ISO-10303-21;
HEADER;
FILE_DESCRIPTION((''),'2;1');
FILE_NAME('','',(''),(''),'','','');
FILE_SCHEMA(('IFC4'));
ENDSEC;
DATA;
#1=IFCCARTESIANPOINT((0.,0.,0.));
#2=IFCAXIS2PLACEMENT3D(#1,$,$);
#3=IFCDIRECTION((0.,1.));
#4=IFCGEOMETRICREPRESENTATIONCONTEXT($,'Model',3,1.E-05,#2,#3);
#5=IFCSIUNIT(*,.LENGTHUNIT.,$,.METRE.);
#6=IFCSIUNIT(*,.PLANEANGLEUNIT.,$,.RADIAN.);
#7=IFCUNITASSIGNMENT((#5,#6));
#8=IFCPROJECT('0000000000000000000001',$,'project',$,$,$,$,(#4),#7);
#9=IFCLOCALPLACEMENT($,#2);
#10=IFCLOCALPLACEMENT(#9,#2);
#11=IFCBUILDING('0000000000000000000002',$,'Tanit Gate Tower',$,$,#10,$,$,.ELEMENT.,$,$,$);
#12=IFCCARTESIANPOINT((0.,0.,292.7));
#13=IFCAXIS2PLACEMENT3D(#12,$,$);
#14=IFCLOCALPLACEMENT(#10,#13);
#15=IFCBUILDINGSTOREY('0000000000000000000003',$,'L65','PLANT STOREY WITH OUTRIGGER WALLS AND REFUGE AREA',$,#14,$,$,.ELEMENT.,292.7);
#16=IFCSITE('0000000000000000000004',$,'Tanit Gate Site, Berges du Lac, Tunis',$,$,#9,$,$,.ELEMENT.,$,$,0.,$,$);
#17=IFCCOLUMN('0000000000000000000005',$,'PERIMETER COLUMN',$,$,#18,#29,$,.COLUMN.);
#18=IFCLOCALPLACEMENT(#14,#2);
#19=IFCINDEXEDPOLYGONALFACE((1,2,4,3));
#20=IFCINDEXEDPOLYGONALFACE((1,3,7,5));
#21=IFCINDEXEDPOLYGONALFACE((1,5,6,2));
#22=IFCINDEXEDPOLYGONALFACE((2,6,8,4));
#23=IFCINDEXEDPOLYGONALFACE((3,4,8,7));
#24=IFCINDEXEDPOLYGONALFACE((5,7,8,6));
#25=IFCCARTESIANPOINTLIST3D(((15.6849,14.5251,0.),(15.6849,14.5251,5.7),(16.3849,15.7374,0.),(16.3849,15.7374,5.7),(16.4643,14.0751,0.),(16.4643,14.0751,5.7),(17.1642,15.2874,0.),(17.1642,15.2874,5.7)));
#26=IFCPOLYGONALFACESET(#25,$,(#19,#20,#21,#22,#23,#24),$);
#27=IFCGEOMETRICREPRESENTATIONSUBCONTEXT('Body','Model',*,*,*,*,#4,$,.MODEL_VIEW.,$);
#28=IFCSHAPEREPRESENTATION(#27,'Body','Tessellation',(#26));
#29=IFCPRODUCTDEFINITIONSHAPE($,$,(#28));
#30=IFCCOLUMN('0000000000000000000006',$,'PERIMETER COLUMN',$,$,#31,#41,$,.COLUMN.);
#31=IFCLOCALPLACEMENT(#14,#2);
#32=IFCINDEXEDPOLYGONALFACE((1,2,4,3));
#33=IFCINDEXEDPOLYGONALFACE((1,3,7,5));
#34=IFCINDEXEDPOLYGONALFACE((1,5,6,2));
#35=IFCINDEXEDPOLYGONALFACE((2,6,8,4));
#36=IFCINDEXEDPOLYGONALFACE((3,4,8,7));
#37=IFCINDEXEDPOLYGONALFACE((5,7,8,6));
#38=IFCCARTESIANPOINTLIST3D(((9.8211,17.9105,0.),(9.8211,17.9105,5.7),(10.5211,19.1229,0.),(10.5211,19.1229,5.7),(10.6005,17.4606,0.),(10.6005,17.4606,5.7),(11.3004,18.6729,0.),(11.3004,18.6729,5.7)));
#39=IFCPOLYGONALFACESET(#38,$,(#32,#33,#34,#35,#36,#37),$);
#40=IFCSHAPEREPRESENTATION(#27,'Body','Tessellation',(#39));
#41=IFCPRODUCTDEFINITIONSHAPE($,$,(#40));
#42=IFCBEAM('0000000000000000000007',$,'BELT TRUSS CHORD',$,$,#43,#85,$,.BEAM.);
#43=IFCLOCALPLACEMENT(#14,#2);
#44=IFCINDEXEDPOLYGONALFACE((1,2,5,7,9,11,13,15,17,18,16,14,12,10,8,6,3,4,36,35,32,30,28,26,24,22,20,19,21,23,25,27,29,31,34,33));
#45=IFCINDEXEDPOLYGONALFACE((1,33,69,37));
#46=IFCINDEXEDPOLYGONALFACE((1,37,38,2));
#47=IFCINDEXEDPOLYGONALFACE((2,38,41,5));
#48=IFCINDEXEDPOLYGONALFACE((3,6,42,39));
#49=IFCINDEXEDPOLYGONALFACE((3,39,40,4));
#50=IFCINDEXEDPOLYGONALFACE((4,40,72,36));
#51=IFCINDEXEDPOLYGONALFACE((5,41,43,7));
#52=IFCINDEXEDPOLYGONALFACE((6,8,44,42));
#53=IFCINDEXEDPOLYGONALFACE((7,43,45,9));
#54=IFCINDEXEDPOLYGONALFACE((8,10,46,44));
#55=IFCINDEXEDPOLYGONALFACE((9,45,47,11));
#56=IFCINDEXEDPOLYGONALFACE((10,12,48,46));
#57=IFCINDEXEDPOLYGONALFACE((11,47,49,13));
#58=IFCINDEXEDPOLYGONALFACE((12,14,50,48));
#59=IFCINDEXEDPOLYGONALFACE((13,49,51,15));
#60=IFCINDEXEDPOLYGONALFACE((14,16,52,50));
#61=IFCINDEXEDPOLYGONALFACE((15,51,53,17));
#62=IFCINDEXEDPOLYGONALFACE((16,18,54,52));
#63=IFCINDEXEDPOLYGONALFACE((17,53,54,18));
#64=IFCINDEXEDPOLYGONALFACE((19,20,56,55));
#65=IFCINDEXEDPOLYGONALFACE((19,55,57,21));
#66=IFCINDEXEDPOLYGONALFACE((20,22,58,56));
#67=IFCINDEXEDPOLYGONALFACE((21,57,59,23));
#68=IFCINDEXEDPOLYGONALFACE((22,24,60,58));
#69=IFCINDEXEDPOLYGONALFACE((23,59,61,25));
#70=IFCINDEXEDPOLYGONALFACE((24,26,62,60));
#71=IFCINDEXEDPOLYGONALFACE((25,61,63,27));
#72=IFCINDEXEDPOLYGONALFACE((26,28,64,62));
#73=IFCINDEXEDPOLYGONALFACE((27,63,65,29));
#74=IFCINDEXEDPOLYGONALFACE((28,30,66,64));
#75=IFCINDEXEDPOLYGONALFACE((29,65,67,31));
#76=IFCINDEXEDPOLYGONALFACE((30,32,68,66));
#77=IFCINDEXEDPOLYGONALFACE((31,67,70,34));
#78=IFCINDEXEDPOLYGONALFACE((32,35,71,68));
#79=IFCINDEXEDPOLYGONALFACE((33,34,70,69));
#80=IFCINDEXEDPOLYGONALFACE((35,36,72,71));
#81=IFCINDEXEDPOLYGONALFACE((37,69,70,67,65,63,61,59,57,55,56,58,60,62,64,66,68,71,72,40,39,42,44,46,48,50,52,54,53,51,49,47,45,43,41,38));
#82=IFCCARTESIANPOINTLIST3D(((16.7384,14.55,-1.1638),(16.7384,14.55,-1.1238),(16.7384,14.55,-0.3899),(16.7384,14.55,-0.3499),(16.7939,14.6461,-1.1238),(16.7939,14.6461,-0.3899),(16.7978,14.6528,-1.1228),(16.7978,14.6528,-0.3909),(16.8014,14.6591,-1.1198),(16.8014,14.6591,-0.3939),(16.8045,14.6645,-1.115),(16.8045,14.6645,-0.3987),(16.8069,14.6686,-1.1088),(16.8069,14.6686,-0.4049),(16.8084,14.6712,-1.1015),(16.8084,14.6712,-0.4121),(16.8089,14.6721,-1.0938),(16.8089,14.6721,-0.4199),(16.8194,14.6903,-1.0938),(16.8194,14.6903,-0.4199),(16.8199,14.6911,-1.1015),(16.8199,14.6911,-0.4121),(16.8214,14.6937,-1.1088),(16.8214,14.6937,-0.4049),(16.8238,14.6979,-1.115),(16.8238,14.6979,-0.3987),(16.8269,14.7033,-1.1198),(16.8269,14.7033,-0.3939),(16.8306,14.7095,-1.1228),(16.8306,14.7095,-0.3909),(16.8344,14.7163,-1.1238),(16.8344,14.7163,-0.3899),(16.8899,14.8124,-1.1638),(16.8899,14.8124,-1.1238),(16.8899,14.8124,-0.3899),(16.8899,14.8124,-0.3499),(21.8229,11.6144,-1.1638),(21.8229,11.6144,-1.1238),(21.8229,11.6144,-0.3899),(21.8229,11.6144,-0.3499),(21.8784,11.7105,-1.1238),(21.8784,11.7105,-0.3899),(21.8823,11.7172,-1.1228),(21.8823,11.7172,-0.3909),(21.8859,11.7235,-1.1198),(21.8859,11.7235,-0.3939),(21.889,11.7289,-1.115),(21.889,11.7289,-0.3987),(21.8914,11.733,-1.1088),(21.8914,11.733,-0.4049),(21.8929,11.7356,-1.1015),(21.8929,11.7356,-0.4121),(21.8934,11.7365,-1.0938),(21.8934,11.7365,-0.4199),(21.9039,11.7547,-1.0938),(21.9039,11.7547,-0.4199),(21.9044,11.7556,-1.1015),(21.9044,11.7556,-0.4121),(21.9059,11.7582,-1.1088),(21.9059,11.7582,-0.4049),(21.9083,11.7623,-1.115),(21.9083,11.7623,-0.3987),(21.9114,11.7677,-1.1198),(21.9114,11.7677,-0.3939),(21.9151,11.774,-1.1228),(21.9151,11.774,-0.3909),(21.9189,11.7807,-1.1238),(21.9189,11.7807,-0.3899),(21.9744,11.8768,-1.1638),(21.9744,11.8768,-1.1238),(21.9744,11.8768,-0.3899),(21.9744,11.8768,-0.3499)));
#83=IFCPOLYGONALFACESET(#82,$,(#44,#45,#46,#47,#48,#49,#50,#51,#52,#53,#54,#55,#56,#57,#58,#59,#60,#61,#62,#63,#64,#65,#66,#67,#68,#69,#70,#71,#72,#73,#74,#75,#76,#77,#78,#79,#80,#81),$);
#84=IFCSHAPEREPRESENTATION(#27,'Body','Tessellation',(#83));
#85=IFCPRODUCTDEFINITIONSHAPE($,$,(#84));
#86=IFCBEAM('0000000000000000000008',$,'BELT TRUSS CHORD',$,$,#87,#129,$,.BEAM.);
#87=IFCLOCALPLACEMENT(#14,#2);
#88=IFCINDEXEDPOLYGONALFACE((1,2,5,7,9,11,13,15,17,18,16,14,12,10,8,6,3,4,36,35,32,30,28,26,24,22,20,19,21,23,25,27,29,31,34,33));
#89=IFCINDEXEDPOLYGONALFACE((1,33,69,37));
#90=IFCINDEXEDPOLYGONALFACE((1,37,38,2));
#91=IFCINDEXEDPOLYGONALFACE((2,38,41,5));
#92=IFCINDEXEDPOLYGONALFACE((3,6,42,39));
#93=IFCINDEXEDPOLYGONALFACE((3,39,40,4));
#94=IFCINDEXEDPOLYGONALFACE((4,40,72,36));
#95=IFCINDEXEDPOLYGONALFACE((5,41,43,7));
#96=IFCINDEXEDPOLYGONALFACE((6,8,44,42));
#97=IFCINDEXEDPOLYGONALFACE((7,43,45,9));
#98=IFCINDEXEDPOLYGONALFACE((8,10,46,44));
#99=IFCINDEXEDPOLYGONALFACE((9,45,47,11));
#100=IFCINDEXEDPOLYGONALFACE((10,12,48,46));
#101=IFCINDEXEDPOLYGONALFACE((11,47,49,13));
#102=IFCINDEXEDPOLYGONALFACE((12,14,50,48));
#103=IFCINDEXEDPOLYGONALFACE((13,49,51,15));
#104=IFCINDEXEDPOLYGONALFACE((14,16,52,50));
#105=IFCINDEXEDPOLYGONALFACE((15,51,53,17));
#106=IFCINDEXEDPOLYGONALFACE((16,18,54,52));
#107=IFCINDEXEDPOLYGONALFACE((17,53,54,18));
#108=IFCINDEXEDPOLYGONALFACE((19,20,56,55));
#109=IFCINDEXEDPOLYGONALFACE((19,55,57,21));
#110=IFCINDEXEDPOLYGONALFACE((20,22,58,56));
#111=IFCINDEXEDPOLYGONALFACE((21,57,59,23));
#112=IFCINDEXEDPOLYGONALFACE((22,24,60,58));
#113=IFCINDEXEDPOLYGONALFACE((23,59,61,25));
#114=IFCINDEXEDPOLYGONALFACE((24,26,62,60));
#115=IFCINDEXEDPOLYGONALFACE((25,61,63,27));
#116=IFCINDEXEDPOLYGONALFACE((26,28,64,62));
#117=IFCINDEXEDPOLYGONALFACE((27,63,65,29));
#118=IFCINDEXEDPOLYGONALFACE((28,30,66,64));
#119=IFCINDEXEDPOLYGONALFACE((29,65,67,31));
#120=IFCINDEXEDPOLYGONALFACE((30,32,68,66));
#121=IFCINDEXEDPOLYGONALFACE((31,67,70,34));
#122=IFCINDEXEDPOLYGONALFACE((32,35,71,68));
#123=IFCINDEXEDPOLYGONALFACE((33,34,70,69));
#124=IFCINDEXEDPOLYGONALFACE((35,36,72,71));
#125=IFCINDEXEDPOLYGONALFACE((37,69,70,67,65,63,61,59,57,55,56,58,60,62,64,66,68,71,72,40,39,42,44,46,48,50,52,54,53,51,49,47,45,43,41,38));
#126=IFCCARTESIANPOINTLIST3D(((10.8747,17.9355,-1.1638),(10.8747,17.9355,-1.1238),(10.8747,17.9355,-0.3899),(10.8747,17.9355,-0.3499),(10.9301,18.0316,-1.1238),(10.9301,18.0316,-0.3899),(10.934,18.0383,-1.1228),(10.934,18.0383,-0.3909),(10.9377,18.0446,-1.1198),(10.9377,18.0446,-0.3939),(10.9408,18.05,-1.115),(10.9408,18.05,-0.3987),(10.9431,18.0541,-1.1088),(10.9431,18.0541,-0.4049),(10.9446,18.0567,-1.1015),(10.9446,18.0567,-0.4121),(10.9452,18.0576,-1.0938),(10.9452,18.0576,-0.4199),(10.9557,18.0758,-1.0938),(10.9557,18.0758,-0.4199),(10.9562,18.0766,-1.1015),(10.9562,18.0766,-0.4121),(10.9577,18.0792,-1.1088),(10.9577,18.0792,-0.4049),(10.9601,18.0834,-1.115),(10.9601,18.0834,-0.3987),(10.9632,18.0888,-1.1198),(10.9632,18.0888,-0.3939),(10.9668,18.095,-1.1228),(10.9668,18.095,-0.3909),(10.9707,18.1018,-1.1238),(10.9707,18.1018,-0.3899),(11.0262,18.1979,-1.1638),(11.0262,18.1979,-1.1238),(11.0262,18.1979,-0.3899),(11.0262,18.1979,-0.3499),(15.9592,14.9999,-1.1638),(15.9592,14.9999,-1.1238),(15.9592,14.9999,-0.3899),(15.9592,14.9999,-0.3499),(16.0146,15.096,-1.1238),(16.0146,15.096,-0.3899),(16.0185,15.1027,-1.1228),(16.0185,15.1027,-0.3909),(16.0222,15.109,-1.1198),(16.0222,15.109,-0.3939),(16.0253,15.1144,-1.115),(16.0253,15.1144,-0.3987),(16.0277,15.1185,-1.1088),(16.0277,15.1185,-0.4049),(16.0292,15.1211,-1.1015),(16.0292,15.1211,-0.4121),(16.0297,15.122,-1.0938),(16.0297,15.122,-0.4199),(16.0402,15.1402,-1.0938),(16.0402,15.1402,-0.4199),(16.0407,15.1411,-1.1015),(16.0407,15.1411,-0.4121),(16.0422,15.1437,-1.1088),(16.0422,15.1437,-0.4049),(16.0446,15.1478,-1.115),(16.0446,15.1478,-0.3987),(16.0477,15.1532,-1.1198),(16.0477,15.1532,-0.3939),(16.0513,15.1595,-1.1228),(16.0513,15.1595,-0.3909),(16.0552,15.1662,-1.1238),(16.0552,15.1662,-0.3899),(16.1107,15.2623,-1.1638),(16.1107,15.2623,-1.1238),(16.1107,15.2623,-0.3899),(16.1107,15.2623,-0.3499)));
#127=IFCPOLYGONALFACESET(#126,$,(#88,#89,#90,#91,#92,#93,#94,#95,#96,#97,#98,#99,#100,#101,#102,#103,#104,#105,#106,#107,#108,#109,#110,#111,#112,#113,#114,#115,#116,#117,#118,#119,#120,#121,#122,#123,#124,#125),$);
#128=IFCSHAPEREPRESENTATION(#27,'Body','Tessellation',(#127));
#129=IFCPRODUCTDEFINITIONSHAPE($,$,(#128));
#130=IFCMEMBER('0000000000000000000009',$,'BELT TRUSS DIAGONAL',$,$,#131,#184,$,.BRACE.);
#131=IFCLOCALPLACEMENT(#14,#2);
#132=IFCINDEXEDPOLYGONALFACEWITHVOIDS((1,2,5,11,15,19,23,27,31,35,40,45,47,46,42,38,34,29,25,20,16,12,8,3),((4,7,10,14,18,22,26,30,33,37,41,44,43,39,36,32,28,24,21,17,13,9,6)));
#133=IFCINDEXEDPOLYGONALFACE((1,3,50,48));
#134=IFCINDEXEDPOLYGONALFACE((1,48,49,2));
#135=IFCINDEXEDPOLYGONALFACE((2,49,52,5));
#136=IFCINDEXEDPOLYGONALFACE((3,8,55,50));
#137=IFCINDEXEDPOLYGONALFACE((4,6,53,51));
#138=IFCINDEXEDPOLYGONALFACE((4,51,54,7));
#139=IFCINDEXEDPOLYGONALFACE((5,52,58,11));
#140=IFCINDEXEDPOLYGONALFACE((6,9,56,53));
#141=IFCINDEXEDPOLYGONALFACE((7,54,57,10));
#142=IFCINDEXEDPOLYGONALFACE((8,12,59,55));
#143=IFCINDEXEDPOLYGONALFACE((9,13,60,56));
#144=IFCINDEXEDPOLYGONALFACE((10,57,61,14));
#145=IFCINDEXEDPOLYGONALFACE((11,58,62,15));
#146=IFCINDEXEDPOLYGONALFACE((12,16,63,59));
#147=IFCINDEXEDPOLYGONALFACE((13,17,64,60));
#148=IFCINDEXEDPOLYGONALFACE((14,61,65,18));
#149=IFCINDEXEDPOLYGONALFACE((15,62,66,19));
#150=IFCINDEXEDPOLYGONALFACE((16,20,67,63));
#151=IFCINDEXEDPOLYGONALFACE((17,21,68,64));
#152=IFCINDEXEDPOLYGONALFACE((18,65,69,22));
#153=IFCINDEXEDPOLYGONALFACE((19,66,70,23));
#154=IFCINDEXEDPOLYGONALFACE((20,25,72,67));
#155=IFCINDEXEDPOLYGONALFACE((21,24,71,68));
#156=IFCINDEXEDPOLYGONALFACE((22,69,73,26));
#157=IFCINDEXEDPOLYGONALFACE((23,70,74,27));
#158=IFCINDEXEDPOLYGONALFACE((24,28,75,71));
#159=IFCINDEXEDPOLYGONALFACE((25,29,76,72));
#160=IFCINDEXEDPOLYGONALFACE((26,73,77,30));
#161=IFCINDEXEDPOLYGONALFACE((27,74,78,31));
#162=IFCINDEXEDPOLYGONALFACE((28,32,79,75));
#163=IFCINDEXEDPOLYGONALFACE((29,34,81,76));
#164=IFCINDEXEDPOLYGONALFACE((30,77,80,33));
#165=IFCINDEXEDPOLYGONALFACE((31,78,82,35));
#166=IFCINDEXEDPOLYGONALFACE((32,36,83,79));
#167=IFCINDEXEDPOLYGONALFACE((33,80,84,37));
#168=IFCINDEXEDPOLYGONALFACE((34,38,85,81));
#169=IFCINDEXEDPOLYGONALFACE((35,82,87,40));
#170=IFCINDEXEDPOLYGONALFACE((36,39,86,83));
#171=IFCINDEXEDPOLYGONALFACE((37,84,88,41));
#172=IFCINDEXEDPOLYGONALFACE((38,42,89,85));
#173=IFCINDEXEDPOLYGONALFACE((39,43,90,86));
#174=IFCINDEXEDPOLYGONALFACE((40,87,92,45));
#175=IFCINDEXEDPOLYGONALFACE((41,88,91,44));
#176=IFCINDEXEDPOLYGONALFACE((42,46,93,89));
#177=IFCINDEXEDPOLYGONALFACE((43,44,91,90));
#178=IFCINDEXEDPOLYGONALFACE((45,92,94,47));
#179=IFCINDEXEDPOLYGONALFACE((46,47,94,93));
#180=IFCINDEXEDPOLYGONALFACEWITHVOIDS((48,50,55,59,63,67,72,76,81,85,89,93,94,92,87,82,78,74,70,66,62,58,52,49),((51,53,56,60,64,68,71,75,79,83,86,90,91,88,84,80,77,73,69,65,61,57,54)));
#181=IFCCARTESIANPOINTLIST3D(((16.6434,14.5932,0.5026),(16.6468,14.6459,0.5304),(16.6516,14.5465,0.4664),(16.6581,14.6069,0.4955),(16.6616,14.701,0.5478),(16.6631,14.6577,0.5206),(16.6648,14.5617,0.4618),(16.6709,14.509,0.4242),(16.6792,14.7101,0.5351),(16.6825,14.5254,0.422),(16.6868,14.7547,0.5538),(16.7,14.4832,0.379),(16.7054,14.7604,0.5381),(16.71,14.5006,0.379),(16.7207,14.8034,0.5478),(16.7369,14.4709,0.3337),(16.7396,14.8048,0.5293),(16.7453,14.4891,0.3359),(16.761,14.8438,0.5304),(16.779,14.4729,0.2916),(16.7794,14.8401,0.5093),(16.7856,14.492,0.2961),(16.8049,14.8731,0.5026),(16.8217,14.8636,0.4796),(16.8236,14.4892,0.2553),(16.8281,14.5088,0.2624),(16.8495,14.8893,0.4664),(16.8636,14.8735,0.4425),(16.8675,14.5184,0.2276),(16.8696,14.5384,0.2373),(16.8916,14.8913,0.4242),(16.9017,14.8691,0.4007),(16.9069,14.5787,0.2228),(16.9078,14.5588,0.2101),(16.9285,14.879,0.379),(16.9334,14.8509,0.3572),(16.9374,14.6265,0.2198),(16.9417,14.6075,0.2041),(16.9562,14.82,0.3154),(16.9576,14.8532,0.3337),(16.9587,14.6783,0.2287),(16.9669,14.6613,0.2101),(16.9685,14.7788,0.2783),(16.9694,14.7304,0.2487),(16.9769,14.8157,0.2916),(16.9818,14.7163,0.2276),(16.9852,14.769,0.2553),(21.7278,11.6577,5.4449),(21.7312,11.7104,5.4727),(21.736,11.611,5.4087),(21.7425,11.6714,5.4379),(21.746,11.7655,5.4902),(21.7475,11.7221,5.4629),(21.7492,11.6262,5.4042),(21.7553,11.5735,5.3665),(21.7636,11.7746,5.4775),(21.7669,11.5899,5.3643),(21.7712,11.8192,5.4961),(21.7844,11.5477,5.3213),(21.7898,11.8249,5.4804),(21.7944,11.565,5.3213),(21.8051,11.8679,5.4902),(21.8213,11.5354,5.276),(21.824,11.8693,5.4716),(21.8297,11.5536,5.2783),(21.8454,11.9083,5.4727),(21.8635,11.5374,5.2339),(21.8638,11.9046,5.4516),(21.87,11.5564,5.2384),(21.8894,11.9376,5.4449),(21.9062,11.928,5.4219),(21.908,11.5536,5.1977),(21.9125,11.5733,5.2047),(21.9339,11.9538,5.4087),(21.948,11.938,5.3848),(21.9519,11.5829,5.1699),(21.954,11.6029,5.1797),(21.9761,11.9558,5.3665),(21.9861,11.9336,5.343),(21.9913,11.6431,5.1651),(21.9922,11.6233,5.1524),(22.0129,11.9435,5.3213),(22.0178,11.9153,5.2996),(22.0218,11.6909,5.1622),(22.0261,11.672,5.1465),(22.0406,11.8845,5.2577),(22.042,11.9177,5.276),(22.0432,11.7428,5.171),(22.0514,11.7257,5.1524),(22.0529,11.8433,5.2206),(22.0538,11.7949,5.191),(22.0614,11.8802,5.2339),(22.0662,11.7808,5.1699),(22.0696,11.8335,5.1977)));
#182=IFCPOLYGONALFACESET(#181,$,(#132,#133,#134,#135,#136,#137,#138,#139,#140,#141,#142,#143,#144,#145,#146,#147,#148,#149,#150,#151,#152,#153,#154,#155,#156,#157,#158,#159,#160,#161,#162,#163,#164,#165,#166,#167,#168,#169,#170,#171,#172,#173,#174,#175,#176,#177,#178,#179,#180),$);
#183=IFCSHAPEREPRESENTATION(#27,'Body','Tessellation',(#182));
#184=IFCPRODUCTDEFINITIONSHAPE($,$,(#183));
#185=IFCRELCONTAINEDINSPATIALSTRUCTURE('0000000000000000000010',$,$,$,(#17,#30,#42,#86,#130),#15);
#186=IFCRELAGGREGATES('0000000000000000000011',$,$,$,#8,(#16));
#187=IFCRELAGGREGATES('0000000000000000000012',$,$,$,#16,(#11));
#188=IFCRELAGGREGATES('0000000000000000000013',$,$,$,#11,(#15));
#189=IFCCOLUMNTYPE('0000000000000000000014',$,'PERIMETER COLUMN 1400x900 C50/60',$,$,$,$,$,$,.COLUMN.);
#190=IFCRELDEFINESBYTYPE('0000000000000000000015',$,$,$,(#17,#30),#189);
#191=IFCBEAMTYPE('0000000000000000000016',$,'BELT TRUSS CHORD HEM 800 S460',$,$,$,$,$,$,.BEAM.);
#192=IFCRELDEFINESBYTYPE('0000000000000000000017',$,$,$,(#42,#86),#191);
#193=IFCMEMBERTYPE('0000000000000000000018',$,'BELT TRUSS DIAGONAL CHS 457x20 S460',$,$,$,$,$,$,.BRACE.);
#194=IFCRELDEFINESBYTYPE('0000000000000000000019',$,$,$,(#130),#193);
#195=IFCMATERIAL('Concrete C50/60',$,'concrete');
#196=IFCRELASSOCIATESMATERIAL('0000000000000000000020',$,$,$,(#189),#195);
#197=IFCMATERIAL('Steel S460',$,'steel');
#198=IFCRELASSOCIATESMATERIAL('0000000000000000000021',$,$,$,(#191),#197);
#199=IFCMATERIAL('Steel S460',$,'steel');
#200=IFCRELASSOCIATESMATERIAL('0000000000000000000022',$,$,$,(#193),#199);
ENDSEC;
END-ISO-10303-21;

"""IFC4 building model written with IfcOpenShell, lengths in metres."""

from ifc_helpers import new_model, si_unit, direction, frame, origin, origin_2d, place, context, subcontext, project, spatial, rectangle, hollow_circle, i_section, extrude, material, material_profile, profile_set, type_object, element, save


model = new_model("IFC4")

# Units and contexts
model_context = context("Model", 3, precision=1e-05, world=origin(), true_north=direction((0.0, 1.0)))
body_context = subcontext(model_context, "Body", "Model", "MODEL_VIEW")
ifc_project = project(units=[si_unit("LENGTHUNIT", "METRE"), si_unit("PLANEANGLEUNIT", "RADIAN")], contexts=[model_context])

# Site, building, storey
site_placement = place(None, origin())
site = spatial("IfcSite", under=ifc_project, at=site_placement, Name="Tanit Gate Site, Berges du Lac, Tunis", CompositionType="ELEMENT", RefElevation=0.0)
building_placement = place(site_placement, origin())
building = spatial("IfcBuilding", under=site, at=building_placement, Name="Tanit Gate Tower", CompositionType="ELEMENT")
storey_placement = place(building_placement, frame((0.0, 0.0, 292.7)))
storey = spatial("IfcBuildingStorey", under=building, at=storey_placement, Name="L65", Description="PLANT STOREY WITH OUTRIGGER WALLS AND REFUGE AREA", CompositionType="ELEMENT", Elevation=292.7)

# Columns
ifc_material_1 = material(Name="Concrete C50/60", Category="concrete")
ifc_material_profile_1 = material_profile(ifc_material_1, rectangle(XDim=1.3999, YDim=0.8999, at=origin_2d()), Name="RC 1400x900")
ifc_profile_set_1 = profile_set([ifc_material_profile_1], Name="Concrete C50/60")
column_type = type_object("IfcColumnType", Name="PERIMETER COLUMN 1400x900 C50/60", PredefinedType="COLUMN", material=ifc_profile_set_1)
for number, where, z_axis, x_axis, name in (
    (1, (16.4246, 14.9062, 0.0), (0.0, 0.0, 1.0), (0.5, 0.866025, 0.0), "PERIMETER COLUMN"),
    (2, (10.5608, 18.2917, 0.0), (0.0, 0.0, 1.0), (0.5, 0.866025, 0.0), "PERIMETER COLUMN"),
):
    element("IfcColumn", number, at=place(storey_placement, frame(where, z_axis=z_axis, x_axis=x_axis)), inside=storey, type_object=column_type, Name=name, PredefinedType="COLUMN", context=body_context, shape_type="SweptSolid", body=[
        extrude(rectangle(XDim=1.3999, YDim=0.8999, at=origin_2d()), origin(), (0.0, 0.0, 1.0), 5.7),
    ])

# Beams
ifc_material_2 = material(Name="Steel S460", Category="steel")
ifc_material_profile_2 = material_profile(ifc_material_2, i_section(OverallWidth=0.303, OverallDepth=0.814, WebThickness=0.021, FlangeThickness=0.04, FilletRadius=0.03, at=origin_2d()), Name="HEM 800")
ifc_profile_set_2 = profile_set([ifc_material_profile_2], Name="Steel S460")
beam_type_1 = type_object("IfcBeamType", Name="BELT TRUSS CHORD HEM 800 S460", PredefinedType="BEAM", material=ifc_profile_set_2)
for number, where, z_axis, x_axis, name in (
    (3, (21.8987, 11.7456, -0.7568), (-0.866024, 0.500003, 0.0), (-0.500003, -0.866024, 0.0), "BELT TRUSS CHORD"),
    (4, (16.0349, 15.1311, -0.7568), (-0.866024, 0.500003, 0.0), (-0.500003, -0.866024, 0.0), "BELT TRUSS CHORD"),
):
    element("IfcBeam", number, at=place(storey_placement, frame(where, z_axis=z_axis, x_axis=x_axis)), inside=storey, type_object=beam_type_1, Name=name, PredefinedType="BEAM", context=body_context, shape_type="SweptSolid", body=[
        extrude(i_section(OverallWidth=0.303, OverallDepth=0.814, WebThickness=0.021, FlangeThickness=0.04, FilletRadius=0.03, at=origin_2d()), origin(), (0.0, 0.0, 1.0), 5.8711),
    ])

# Member
ifc_material_3 = material(Name="Steel S460", Category="steel")
ifc_material_profile_3 = material_profile(ifc_material_3, hollow_circle(Radius=0.2285, WallThickness=0.02, at=origin_2d()), Name="CHS 457x20")
ifc_profile_set_3 = profile_set([ifc_material_profile_3], Name="Steel S460")
member_type = type_object("IfcMemberType", Name="BELT TRUSS DIAGONAL CHS 457x20 S460", PredefinedType="BRACE", material=ifc_profile_set_3)
for number, where, z_axis, x_axis, name in (
    (5, (21.8987, 11.7456, 5.3213), (-0.662524, 0.382511, -0.644009), (-0.500003, -0.866024, 0.0), "BELT TRUSS DIAGONAL"),
):
    element("IfcMember", number, at=place(storey_placement, frame(where, z_axis=z_axis, x_axis=x_axis)), inside=storey, type_object=member_type, Name=name, PredefinedType="BRACE", context=body_context, shape_type="SweptSolid", body=[
        extrude(hollow_circle(Radius=0.2285, WallThickness=0.02, at=origin_2d()), origin(), (0.0, 0.0, 1.0), 7.6743),
    ])

save(model, "model.ifc")
